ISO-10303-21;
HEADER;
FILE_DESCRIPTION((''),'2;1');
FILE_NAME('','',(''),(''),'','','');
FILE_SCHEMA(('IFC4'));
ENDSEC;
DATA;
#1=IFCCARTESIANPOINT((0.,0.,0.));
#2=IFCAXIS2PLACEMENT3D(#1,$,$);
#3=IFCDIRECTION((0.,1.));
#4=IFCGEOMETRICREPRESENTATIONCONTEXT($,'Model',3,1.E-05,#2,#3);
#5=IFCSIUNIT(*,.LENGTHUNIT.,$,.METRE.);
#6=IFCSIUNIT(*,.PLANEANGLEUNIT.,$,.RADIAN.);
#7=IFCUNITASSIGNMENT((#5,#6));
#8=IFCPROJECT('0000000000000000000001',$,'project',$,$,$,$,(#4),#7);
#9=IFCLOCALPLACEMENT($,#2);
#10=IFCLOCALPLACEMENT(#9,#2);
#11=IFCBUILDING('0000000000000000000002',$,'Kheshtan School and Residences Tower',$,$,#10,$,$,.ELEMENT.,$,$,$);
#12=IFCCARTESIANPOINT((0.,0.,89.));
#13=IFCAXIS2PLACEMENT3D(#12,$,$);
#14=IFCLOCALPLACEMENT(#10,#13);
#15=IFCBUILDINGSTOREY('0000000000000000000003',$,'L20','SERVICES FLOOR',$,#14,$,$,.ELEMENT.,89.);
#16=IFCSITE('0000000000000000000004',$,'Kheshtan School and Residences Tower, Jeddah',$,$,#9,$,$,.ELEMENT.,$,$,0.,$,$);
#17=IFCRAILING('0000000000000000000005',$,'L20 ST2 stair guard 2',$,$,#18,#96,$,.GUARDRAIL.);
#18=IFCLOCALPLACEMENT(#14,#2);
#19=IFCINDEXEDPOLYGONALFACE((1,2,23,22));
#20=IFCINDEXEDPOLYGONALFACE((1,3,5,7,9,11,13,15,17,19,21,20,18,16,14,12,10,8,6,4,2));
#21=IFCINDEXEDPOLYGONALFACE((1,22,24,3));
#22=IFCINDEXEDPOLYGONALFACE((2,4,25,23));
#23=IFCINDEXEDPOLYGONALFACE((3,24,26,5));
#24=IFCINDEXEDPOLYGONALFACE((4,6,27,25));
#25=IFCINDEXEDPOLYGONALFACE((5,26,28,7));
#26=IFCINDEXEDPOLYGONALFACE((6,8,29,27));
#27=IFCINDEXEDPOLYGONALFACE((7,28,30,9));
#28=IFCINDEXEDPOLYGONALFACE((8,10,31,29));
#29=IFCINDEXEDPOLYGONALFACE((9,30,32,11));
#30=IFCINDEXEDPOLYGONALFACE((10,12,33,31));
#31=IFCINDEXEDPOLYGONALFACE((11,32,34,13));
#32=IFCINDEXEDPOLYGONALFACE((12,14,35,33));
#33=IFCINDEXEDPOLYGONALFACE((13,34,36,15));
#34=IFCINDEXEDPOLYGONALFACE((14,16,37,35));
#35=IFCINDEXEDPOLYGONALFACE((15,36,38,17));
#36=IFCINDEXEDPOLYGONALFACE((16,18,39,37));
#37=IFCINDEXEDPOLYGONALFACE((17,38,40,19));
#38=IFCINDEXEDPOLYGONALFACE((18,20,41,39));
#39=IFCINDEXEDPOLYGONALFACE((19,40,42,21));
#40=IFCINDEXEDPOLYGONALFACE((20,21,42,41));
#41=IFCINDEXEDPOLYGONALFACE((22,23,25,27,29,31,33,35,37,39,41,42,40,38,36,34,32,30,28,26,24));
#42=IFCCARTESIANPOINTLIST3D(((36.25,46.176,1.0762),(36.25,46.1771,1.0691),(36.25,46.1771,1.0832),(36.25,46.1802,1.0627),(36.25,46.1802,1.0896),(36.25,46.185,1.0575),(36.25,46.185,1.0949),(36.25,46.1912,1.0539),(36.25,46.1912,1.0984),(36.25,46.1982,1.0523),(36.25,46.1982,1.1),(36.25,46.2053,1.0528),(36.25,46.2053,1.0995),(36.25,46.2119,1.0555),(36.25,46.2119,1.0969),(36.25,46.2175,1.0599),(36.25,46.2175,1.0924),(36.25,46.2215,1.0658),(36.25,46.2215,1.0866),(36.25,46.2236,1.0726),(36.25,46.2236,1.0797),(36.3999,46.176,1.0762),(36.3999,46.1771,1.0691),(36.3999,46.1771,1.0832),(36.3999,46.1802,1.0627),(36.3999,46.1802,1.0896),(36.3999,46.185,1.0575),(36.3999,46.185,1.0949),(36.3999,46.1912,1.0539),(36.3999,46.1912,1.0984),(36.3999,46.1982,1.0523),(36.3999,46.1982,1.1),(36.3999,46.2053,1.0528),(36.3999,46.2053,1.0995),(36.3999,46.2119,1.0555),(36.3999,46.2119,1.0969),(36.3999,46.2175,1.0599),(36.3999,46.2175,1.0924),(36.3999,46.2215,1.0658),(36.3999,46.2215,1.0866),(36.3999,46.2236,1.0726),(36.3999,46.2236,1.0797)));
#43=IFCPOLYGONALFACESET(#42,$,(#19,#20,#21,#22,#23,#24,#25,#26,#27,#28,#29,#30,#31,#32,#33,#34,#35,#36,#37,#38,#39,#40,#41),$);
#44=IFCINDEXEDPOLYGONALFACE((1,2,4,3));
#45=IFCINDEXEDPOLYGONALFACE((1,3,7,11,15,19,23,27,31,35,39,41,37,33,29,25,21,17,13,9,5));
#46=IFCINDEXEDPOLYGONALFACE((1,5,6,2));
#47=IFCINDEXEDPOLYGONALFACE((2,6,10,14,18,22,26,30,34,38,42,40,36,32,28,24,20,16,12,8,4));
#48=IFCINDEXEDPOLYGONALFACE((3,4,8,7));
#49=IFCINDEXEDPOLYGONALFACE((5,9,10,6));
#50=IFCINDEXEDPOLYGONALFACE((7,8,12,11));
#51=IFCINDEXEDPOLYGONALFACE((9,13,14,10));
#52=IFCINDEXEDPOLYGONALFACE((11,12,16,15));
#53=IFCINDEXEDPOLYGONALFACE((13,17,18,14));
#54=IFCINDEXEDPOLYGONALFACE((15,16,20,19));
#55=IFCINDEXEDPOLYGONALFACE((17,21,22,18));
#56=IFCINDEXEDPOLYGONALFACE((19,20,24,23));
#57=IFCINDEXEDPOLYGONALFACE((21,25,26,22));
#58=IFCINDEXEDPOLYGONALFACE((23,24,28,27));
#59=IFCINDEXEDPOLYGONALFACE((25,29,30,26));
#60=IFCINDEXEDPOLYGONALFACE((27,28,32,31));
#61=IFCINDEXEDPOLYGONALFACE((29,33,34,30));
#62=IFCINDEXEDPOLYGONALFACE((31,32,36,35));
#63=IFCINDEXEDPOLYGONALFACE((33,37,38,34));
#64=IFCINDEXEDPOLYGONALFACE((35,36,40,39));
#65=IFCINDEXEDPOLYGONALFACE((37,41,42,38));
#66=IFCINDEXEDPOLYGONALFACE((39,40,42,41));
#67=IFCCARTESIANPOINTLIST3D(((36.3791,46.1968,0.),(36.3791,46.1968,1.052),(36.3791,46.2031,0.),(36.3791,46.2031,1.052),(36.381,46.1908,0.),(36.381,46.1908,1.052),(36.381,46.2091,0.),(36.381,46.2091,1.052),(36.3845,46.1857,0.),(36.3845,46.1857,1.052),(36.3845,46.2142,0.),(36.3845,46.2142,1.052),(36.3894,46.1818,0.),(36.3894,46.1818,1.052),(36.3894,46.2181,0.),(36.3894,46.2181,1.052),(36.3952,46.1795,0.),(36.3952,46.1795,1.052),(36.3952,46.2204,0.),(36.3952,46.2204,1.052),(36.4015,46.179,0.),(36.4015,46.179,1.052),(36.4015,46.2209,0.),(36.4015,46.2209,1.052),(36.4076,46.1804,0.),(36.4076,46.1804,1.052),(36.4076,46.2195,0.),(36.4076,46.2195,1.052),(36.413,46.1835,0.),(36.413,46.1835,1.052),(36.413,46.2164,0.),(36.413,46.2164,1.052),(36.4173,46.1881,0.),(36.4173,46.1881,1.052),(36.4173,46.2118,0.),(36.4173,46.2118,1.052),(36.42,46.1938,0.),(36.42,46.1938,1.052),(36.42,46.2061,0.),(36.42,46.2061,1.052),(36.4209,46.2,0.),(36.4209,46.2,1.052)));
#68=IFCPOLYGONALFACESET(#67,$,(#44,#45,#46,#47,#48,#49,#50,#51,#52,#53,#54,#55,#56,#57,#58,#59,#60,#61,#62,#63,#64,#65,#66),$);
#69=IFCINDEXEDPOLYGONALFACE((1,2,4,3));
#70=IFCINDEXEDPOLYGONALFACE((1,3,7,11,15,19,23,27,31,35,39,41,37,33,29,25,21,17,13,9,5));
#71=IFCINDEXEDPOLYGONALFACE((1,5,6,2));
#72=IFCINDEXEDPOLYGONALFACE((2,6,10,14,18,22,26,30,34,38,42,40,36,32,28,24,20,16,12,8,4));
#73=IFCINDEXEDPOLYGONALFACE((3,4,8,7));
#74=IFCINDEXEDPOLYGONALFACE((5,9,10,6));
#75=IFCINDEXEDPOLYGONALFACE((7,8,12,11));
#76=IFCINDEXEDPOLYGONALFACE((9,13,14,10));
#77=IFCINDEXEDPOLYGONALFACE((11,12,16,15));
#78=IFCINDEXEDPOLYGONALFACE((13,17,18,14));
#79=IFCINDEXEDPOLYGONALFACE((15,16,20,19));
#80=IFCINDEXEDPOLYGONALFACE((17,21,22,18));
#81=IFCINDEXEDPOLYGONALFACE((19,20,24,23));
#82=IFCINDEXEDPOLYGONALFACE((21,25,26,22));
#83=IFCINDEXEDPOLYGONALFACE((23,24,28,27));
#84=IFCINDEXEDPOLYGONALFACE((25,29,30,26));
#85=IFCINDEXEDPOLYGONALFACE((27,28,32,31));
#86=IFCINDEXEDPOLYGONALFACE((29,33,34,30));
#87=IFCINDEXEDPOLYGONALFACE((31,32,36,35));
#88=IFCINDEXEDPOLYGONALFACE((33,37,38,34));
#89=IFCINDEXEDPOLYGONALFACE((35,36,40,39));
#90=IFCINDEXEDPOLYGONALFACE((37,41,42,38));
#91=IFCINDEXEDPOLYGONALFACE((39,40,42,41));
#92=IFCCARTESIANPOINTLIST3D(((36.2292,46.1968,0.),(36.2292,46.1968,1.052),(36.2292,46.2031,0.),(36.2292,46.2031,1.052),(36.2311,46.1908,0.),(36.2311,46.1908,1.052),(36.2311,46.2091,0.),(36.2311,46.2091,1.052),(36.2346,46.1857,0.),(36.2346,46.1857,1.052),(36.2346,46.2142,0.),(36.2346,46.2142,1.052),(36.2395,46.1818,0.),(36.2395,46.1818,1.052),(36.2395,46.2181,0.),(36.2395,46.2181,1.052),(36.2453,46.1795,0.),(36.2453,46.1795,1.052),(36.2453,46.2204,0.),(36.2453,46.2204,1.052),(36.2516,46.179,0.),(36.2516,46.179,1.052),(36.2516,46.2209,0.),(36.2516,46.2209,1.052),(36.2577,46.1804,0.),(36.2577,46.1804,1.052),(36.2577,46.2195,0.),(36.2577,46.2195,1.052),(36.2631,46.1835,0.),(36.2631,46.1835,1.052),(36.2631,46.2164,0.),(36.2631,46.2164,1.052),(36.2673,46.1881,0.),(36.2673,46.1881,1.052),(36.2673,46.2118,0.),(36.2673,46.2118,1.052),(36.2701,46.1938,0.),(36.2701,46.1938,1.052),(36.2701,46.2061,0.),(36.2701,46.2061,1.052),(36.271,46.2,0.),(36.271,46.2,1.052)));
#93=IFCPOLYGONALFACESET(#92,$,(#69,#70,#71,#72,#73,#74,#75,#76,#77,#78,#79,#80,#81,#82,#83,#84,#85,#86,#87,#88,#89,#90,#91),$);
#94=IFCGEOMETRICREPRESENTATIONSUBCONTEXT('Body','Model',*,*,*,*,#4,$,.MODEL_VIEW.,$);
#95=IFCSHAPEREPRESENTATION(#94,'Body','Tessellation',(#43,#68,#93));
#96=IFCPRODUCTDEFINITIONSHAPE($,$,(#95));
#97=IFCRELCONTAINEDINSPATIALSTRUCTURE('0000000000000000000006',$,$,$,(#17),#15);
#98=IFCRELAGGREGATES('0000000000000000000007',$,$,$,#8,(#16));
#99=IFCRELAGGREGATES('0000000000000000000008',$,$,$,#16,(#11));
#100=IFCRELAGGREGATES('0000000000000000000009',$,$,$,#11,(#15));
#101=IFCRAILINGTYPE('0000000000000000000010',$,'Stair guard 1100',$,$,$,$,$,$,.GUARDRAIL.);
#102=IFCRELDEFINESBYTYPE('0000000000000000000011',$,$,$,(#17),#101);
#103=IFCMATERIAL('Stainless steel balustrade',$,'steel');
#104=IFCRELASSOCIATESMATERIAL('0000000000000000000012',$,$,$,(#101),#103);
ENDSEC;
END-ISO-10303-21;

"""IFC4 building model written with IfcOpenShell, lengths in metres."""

from ifc_helpers import new_model, si_unit, direction, frame, origin, origin_2d, place, context, subcontext, project, spatial, circle, extrude, material, type_object, element, save


model = new_model("IFC4")

# Units and contexts
model_context = context("Model", 3, precision=1e-05, world=origin(), true_north=direction((0.0, 1.0)))
body_context = subcontext(model_context, "Body", "Model", "MODEL_VIEW")
ifc_project = project(units=[si_unit("LENGTHUNIT", "METRE"), si_unit("PLANEANGLEUNIT", "RADIAN")], contexts=[model_context])

# Site, building, storey
site_placement = place(None, origin())
site = spatial("IfcSite", under=ifc_project, at=site_placement, Name="Kheshtan School and Residences Tower, Jeddah", CompositionType="ELEMENT", RefElevation=0.0)
building_placement = place(site_placement, origin())
building = spatial("IfcBuilding", under=site, at=building_placement, Name="Kheshtan School and Residences Tower", CompositionType="ELEMENT")
storey_placement = place(building_placement, frame((0.0, 0.0, 89.0)))
storey = spatial("IfcBuildingStorey", under=building, at=storey_placement, Name="L20", Description="SERVICES FLOOR", CompositionType="ELEMENT", Elevation=89.0)

# Railing
ifc_material_1 = material(Name="Stainless steel balustrade", Category="steel")
railing_type_1 = type_object("IfcRailingType", Name="Stair guard 1100", PredefinedType="GUARDRAIL", material=ifc_material_1)
railing_1_placement = place(storey_placement, frame((36.3999, 46.2, 0.0)))
element("IfcRailing", 1, at=railing_1_placement, inside=storey, type_object=railing_type_1, Name="L20 ST2 stair guard 2", PredefinedType="GUARDRAIL", context=body_context, shape_type="SweptSolid", body=[
    extrude(circle(Radius=0.0239, at=origin_2d()), frame((0.0, 0.0, 1.0762), z_axis=(-1.0, 0.0, 0.0), x_axis=(0.0, -1.0, 0.0)), (0.0, 0.0, 1.0), 0.1499),
    extrude(circle(Radius=0.021, at=origin_2d()), origin(), (0.0, 0.0, 1.0), 1.052),
    extrude(circle(Radius=0.021, at=origin_2d()), frame((-0.1499, 0.0, 0.0)), (0.0, 0.0, 1.0), 1.052),
])

save(model, "model.ifc")
